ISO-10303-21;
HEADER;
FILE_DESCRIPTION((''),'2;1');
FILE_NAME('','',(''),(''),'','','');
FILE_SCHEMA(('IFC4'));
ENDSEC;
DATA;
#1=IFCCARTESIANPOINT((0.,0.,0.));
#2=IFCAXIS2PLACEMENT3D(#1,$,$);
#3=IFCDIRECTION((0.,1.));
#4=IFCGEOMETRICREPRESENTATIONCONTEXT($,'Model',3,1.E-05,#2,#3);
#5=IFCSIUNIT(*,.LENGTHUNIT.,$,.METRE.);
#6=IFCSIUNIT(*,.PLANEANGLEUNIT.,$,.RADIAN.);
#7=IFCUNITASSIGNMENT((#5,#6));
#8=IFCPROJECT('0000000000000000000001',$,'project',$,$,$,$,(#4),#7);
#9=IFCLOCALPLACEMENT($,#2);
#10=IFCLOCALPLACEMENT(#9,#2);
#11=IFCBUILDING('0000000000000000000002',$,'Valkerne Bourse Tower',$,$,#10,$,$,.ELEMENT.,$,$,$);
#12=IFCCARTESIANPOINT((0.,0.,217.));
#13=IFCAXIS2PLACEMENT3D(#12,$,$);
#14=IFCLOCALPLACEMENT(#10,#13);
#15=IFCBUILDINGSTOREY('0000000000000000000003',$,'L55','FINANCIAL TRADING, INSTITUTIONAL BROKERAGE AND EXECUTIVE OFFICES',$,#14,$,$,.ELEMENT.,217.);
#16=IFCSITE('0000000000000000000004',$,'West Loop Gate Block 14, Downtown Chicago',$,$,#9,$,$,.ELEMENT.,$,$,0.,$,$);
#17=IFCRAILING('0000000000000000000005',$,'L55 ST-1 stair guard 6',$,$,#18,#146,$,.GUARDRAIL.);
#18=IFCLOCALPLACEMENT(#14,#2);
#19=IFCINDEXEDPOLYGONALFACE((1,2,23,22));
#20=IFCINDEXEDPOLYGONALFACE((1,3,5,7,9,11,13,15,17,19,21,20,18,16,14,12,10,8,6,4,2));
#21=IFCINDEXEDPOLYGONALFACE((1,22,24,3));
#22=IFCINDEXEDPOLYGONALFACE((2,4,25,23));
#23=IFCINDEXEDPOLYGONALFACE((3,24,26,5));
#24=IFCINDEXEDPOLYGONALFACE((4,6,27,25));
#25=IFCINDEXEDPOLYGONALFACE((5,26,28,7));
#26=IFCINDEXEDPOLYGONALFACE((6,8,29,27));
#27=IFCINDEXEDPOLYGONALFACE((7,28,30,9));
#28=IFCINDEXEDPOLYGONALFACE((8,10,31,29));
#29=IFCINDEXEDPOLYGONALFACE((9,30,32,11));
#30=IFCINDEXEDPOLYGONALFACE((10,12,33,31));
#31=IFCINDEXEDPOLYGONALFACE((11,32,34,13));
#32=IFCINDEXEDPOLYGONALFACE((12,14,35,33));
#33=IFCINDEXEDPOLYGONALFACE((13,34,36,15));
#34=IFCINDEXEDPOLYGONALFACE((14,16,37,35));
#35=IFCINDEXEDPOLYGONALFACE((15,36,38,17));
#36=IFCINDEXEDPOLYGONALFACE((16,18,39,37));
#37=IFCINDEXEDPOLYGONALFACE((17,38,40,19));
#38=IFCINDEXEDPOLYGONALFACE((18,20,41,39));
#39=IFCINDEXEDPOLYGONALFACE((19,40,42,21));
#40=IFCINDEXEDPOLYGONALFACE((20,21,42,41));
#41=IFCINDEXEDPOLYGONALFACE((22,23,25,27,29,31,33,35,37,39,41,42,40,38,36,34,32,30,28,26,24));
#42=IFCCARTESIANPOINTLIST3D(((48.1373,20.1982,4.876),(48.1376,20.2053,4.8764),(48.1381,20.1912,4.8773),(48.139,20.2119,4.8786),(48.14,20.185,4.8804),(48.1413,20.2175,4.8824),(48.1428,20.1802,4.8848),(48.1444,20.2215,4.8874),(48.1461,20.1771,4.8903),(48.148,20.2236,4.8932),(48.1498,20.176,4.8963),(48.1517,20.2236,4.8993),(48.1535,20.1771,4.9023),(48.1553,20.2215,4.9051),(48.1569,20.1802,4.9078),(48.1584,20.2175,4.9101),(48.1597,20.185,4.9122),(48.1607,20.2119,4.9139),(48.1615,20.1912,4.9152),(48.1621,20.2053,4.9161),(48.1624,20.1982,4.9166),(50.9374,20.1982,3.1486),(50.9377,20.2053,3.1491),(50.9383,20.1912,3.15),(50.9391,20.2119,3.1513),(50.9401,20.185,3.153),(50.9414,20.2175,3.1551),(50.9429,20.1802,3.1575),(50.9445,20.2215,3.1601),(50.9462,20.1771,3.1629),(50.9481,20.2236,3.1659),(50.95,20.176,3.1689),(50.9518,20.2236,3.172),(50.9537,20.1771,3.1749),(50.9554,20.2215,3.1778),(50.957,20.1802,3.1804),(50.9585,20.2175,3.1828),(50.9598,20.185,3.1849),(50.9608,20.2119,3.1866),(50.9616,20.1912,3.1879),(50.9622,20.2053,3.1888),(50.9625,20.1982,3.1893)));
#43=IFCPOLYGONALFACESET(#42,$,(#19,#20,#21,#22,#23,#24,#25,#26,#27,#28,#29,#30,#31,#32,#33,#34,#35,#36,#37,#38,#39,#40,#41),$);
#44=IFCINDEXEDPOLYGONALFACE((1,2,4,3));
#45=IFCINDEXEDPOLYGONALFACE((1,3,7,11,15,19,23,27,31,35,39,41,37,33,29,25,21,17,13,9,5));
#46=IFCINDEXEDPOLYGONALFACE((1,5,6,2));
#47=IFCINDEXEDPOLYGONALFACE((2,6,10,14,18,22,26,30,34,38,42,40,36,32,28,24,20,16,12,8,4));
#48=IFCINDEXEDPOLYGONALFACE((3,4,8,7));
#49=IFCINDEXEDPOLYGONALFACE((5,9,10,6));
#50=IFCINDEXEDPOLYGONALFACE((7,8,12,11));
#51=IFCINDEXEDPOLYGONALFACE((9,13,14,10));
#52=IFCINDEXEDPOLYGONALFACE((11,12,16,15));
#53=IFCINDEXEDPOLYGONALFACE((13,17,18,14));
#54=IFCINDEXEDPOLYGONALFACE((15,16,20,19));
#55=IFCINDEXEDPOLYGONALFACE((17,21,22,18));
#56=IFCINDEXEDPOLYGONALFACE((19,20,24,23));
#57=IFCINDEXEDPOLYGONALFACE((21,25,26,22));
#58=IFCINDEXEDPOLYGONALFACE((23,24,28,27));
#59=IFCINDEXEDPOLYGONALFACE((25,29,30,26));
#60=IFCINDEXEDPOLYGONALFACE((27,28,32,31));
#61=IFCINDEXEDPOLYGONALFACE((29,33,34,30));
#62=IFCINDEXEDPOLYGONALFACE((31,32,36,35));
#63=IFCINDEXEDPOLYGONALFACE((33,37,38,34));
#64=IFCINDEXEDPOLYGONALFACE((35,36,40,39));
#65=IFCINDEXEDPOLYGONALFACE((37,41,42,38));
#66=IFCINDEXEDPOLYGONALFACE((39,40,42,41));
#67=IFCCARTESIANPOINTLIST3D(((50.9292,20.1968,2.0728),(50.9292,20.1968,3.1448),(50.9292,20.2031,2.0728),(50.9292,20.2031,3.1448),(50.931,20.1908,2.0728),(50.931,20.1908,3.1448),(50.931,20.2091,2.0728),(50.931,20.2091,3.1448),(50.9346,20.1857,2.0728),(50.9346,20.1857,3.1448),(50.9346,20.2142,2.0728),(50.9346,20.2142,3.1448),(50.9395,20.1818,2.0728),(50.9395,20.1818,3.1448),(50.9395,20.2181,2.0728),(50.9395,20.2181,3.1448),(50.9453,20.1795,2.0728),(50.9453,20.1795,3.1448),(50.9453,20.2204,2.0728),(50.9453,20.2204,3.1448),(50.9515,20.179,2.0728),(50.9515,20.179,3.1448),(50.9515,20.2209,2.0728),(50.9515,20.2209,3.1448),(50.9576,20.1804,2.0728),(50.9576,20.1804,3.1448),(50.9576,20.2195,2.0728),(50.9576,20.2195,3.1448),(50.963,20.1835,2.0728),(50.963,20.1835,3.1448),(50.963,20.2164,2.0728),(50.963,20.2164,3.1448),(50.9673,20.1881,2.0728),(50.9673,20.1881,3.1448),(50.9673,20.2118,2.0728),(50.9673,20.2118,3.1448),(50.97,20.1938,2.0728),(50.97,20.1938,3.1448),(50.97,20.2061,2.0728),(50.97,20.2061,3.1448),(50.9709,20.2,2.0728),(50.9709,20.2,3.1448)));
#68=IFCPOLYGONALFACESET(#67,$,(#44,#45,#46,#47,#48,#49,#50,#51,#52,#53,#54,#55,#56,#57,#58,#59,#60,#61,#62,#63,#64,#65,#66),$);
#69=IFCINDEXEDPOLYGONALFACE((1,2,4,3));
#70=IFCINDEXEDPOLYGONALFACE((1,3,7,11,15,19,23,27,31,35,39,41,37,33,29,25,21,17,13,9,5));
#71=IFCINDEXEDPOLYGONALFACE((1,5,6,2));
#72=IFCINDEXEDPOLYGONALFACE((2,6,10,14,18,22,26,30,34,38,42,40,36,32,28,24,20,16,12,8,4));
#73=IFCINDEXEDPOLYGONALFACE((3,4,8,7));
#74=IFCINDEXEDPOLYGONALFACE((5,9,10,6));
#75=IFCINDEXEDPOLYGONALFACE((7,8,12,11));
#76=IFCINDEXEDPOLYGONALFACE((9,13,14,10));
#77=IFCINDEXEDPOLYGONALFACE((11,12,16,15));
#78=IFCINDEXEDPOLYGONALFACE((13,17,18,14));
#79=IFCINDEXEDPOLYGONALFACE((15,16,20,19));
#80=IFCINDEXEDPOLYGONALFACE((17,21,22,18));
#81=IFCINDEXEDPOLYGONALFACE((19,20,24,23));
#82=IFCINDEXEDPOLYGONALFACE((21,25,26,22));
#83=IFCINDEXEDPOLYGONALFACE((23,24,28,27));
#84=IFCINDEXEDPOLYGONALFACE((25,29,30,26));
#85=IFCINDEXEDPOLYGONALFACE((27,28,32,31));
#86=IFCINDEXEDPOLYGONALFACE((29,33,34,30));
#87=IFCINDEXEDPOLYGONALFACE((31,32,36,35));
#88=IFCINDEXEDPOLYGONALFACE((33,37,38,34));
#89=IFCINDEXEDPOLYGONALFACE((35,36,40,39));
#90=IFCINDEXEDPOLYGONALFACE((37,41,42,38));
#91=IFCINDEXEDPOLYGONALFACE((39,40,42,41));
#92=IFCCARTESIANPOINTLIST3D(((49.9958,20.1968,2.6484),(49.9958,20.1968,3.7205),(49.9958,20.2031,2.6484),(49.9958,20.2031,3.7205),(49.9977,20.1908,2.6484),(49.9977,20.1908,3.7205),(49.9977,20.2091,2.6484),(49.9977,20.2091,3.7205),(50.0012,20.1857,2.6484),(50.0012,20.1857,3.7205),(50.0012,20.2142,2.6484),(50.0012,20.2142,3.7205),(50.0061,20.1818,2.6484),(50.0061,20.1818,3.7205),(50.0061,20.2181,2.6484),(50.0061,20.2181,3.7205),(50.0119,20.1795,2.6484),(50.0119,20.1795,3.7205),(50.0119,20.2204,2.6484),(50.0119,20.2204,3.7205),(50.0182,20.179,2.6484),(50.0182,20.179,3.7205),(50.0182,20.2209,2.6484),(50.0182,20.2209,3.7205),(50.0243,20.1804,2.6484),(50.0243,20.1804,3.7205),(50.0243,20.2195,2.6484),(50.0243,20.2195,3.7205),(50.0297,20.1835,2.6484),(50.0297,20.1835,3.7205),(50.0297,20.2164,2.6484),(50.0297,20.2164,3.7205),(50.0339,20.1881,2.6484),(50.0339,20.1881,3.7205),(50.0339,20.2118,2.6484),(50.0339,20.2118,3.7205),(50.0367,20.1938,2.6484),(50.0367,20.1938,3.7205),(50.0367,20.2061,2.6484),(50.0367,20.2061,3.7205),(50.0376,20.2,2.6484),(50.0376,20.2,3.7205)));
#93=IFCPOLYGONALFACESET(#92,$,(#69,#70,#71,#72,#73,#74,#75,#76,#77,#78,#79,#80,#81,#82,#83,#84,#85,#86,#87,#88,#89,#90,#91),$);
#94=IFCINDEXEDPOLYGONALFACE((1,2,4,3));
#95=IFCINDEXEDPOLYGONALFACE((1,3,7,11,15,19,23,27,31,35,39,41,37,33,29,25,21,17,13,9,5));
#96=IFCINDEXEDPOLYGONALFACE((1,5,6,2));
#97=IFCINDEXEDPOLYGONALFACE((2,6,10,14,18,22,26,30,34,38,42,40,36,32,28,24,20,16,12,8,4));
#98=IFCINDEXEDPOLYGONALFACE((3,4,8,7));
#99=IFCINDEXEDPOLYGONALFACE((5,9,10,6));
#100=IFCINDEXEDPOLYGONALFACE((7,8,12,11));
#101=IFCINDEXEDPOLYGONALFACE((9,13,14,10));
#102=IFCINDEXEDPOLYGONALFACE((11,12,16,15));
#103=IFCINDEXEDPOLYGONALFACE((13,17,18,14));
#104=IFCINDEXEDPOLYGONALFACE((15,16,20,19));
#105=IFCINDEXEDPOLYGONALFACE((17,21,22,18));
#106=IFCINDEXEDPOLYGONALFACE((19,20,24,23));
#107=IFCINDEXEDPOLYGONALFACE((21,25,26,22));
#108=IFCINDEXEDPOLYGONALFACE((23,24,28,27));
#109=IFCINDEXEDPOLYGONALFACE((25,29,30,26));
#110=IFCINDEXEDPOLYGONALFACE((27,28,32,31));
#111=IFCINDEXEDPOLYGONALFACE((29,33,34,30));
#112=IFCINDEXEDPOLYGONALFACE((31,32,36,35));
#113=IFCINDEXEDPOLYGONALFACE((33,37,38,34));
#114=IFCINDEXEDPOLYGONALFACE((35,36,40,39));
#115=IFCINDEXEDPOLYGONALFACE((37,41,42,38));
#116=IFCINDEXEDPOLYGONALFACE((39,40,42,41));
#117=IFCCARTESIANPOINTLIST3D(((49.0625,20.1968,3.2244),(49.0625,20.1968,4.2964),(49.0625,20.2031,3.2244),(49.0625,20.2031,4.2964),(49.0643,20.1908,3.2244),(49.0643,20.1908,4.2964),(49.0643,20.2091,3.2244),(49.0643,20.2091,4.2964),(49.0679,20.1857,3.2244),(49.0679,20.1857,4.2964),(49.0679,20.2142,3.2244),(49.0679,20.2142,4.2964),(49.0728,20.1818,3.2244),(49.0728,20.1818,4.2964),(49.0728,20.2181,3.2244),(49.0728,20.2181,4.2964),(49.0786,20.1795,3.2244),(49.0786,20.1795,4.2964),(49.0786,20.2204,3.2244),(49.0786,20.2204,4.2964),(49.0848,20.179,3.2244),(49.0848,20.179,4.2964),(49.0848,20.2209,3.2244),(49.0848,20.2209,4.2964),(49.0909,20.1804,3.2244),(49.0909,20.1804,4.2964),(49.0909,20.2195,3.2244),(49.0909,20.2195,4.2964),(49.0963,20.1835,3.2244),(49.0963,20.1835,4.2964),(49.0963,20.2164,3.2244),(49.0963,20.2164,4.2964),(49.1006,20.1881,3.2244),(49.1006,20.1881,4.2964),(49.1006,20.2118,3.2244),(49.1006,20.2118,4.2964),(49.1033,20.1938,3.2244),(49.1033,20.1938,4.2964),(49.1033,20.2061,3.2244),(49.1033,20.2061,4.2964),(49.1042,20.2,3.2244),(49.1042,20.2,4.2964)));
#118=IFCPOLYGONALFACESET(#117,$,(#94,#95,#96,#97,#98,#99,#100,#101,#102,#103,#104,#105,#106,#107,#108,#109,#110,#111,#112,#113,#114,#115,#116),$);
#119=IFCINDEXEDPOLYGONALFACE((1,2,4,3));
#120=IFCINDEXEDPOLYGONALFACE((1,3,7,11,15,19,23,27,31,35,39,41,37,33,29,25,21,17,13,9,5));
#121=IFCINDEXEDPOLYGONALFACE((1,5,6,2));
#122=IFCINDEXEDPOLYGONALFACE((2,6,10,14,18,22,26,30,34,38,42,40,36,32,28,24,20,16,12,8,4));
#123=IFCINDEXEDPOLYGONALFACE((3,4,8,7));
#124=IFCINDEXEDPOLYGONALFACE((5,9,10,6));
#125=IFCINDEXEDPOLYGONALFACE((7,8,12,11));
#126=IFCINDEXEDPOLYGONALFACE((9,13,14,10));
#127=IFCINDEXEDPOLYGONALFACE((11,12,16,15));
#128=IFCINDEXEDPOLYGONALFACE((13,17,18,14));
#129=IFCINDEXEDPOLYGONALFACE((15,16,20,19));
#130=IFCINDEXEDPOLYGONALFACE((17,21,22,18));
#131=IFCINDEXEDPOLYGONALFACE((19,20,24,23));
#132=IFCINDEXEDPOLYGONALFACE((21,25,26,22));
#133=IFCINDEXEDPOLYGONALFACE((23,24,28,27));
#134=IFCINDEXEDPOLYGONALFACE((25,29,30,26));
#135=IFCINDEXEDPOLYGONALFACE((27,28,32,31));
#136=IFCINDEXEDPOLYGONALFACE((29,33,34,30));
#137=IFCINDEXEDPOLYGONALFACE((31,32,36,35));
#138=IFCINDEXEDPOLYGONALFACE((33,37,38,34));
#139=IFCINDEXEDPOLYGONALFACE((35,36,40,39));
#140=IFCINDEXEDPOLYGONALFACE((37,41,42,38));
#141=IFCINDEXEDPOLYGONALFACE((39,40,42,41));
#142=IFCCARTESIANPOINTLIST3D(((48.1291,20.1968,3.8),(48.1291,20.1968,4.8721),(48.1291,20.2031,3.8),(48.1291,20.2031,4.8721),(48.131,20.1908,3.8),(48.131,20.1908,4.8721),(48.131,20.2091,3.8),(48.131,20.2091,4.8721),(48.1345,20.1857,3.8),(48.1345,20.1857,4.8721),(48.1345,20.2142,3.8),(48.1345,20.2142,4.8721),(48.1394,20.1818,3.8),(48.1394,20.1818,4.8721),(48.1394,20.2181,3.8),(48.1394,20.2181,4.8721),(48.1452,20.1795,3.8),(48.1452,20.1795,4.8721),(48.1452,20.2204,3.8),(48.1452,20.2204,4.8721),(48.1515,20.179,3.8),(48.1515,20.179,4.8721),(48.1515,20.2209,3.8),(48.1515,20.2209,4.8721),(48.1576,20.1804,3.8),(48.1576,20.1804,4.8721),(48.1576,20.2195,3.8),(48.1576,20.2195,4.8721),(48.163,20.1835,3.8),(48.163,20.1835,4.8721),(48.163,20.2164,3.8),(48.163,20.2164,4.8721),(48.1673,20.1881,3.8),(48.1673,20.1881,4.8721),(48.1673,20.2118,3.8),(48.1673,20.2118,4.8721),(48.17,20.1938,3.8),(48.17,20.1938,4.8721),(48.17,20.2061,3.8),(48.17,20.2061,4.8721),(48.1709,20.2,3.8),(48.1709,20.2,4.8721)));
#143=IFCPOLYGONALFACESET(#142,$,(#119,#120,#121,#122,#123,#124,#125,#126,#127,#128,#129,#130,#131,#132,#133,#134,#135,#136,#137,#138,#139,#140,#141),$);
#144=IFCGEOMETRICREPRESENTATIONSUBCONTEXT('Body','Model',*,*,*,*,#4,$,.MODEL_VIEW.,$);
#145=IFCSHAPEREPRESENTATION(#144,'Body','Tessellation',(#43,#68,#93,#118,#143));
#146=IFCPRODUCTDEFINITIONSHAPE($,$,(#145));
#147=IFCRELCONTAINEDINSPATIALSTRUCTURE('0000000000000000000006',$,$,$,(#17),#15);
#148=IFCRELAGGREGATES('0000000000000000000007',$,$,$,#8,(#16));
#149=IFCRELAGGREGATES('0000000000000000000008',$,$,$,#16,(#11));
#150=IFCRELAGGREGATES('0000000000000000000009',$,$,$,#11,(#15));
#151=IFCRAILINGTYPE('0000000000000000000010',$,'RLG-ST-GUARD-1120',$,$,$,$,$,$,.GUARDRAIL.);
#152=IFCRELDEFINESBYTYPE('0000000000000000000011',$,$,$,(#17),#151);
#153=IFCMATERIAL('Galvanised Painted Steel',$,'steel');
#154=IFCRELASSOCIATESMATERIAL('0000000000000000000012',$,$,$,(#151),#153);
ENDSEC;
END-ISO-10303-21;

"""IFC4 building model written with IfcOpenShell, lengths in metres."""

from ifc_helpers import new_model, si_unit, direction, frame, origin, origin_2d, place, context, subcontext, project, spatial, circle, extrude, material, type_object, element, save


model = new_model("IFC4")

# Units and contexts
model_context = context("Model", 3, precision=1e-05, world=origin(), true_north=direction((0.0, 1.0)))
body_context = subcontext(model_context, "Body", "Model", "MODEL_VIEW")
ifc_project = project(units=[si_unit("LENGTHUNIT", "METRE"), si_unit("PLANEANGLEUNIT", "RADIAN")], contexts=[model_context])

# Site, building, storey
site_placement = place(None, origin())
site = spatial("IfcSite", under=ifc_project, at=site_placement, Name="West Loop Gate Block 14, Downtown Chicago", CompositionType="ELEMENT", RefElevation=0.0)
building_placement = place(site_placement, origin())
building = spatial("IfcBuilding", under=site, at=building_placement, Name="Valkerne Bourse Tower", CompositionType="ELEMENT")
storey_placement = place(building_placement, frame((0.0, 0.0, 217.0)))
storey = spatial("IfcBuildingStorey", under=building, at=storey_placement, Name="L55", Description="FINANCIAL TRADING, INSTITUTIONAL BROKERAGE AND EXECUTIVE OFFICES", CompositionType="ELEMENT", Elevation=217.0)

# Shared definitions
ifc_material_1 = material(Name="Galvanised Painted Steel", Category="steel")

# Railing
railing_type_1 = type_object("IfcRailingType", Name="RLG-ST-GUARD-1120", PredefinedType="GUARDRAIL", material=ifc_material_1)
railing_1_placement = place(storey_placement, frame((50.95, 20.2, 2.0728)))
element("IfcRailing", 1, at=railing_1_placement, inside=storey, type_object=railing_type_1, Name="L55 ST-1 stair guard 6", PredefinedType="GUARDRAIL", context=body_context, shape_type="SweptSolid", body=[
    extrude(circle(Radius=0.0239, at=origin_2d()), frame((0.0, 0.0, 1.0962), z_axis=(-0.85109, 0.0, 0.52502), x_axis=(0.0, -1.0, 0.0)), (0.0, 0.0, 1.0), 3.29),
    extrude(circle(Radius=0.021, at=origin_2d()), origin(), (0.0, 0.0, 1.0), 1.072),
    extrude(circle(Radius=0.021, at=origin_2d()), frame((-0.9333, 0.0, 0.5757)), (0.0, 0.0, 1.0), 1.072),
    extrude(circle(Radius=0.021, at=origin_2d()), frame((-1.8667, 0.0, 1.1516)), (0.0, 0.0, 1.0), 1.072),
    extrude(circle(Radius=0.021, at=origin_2d()), frame((-2.8, 0.0, 1.7273)), (0.0, 0.0, 1.0), 1.072),
])

save(model, "model.ifc")
